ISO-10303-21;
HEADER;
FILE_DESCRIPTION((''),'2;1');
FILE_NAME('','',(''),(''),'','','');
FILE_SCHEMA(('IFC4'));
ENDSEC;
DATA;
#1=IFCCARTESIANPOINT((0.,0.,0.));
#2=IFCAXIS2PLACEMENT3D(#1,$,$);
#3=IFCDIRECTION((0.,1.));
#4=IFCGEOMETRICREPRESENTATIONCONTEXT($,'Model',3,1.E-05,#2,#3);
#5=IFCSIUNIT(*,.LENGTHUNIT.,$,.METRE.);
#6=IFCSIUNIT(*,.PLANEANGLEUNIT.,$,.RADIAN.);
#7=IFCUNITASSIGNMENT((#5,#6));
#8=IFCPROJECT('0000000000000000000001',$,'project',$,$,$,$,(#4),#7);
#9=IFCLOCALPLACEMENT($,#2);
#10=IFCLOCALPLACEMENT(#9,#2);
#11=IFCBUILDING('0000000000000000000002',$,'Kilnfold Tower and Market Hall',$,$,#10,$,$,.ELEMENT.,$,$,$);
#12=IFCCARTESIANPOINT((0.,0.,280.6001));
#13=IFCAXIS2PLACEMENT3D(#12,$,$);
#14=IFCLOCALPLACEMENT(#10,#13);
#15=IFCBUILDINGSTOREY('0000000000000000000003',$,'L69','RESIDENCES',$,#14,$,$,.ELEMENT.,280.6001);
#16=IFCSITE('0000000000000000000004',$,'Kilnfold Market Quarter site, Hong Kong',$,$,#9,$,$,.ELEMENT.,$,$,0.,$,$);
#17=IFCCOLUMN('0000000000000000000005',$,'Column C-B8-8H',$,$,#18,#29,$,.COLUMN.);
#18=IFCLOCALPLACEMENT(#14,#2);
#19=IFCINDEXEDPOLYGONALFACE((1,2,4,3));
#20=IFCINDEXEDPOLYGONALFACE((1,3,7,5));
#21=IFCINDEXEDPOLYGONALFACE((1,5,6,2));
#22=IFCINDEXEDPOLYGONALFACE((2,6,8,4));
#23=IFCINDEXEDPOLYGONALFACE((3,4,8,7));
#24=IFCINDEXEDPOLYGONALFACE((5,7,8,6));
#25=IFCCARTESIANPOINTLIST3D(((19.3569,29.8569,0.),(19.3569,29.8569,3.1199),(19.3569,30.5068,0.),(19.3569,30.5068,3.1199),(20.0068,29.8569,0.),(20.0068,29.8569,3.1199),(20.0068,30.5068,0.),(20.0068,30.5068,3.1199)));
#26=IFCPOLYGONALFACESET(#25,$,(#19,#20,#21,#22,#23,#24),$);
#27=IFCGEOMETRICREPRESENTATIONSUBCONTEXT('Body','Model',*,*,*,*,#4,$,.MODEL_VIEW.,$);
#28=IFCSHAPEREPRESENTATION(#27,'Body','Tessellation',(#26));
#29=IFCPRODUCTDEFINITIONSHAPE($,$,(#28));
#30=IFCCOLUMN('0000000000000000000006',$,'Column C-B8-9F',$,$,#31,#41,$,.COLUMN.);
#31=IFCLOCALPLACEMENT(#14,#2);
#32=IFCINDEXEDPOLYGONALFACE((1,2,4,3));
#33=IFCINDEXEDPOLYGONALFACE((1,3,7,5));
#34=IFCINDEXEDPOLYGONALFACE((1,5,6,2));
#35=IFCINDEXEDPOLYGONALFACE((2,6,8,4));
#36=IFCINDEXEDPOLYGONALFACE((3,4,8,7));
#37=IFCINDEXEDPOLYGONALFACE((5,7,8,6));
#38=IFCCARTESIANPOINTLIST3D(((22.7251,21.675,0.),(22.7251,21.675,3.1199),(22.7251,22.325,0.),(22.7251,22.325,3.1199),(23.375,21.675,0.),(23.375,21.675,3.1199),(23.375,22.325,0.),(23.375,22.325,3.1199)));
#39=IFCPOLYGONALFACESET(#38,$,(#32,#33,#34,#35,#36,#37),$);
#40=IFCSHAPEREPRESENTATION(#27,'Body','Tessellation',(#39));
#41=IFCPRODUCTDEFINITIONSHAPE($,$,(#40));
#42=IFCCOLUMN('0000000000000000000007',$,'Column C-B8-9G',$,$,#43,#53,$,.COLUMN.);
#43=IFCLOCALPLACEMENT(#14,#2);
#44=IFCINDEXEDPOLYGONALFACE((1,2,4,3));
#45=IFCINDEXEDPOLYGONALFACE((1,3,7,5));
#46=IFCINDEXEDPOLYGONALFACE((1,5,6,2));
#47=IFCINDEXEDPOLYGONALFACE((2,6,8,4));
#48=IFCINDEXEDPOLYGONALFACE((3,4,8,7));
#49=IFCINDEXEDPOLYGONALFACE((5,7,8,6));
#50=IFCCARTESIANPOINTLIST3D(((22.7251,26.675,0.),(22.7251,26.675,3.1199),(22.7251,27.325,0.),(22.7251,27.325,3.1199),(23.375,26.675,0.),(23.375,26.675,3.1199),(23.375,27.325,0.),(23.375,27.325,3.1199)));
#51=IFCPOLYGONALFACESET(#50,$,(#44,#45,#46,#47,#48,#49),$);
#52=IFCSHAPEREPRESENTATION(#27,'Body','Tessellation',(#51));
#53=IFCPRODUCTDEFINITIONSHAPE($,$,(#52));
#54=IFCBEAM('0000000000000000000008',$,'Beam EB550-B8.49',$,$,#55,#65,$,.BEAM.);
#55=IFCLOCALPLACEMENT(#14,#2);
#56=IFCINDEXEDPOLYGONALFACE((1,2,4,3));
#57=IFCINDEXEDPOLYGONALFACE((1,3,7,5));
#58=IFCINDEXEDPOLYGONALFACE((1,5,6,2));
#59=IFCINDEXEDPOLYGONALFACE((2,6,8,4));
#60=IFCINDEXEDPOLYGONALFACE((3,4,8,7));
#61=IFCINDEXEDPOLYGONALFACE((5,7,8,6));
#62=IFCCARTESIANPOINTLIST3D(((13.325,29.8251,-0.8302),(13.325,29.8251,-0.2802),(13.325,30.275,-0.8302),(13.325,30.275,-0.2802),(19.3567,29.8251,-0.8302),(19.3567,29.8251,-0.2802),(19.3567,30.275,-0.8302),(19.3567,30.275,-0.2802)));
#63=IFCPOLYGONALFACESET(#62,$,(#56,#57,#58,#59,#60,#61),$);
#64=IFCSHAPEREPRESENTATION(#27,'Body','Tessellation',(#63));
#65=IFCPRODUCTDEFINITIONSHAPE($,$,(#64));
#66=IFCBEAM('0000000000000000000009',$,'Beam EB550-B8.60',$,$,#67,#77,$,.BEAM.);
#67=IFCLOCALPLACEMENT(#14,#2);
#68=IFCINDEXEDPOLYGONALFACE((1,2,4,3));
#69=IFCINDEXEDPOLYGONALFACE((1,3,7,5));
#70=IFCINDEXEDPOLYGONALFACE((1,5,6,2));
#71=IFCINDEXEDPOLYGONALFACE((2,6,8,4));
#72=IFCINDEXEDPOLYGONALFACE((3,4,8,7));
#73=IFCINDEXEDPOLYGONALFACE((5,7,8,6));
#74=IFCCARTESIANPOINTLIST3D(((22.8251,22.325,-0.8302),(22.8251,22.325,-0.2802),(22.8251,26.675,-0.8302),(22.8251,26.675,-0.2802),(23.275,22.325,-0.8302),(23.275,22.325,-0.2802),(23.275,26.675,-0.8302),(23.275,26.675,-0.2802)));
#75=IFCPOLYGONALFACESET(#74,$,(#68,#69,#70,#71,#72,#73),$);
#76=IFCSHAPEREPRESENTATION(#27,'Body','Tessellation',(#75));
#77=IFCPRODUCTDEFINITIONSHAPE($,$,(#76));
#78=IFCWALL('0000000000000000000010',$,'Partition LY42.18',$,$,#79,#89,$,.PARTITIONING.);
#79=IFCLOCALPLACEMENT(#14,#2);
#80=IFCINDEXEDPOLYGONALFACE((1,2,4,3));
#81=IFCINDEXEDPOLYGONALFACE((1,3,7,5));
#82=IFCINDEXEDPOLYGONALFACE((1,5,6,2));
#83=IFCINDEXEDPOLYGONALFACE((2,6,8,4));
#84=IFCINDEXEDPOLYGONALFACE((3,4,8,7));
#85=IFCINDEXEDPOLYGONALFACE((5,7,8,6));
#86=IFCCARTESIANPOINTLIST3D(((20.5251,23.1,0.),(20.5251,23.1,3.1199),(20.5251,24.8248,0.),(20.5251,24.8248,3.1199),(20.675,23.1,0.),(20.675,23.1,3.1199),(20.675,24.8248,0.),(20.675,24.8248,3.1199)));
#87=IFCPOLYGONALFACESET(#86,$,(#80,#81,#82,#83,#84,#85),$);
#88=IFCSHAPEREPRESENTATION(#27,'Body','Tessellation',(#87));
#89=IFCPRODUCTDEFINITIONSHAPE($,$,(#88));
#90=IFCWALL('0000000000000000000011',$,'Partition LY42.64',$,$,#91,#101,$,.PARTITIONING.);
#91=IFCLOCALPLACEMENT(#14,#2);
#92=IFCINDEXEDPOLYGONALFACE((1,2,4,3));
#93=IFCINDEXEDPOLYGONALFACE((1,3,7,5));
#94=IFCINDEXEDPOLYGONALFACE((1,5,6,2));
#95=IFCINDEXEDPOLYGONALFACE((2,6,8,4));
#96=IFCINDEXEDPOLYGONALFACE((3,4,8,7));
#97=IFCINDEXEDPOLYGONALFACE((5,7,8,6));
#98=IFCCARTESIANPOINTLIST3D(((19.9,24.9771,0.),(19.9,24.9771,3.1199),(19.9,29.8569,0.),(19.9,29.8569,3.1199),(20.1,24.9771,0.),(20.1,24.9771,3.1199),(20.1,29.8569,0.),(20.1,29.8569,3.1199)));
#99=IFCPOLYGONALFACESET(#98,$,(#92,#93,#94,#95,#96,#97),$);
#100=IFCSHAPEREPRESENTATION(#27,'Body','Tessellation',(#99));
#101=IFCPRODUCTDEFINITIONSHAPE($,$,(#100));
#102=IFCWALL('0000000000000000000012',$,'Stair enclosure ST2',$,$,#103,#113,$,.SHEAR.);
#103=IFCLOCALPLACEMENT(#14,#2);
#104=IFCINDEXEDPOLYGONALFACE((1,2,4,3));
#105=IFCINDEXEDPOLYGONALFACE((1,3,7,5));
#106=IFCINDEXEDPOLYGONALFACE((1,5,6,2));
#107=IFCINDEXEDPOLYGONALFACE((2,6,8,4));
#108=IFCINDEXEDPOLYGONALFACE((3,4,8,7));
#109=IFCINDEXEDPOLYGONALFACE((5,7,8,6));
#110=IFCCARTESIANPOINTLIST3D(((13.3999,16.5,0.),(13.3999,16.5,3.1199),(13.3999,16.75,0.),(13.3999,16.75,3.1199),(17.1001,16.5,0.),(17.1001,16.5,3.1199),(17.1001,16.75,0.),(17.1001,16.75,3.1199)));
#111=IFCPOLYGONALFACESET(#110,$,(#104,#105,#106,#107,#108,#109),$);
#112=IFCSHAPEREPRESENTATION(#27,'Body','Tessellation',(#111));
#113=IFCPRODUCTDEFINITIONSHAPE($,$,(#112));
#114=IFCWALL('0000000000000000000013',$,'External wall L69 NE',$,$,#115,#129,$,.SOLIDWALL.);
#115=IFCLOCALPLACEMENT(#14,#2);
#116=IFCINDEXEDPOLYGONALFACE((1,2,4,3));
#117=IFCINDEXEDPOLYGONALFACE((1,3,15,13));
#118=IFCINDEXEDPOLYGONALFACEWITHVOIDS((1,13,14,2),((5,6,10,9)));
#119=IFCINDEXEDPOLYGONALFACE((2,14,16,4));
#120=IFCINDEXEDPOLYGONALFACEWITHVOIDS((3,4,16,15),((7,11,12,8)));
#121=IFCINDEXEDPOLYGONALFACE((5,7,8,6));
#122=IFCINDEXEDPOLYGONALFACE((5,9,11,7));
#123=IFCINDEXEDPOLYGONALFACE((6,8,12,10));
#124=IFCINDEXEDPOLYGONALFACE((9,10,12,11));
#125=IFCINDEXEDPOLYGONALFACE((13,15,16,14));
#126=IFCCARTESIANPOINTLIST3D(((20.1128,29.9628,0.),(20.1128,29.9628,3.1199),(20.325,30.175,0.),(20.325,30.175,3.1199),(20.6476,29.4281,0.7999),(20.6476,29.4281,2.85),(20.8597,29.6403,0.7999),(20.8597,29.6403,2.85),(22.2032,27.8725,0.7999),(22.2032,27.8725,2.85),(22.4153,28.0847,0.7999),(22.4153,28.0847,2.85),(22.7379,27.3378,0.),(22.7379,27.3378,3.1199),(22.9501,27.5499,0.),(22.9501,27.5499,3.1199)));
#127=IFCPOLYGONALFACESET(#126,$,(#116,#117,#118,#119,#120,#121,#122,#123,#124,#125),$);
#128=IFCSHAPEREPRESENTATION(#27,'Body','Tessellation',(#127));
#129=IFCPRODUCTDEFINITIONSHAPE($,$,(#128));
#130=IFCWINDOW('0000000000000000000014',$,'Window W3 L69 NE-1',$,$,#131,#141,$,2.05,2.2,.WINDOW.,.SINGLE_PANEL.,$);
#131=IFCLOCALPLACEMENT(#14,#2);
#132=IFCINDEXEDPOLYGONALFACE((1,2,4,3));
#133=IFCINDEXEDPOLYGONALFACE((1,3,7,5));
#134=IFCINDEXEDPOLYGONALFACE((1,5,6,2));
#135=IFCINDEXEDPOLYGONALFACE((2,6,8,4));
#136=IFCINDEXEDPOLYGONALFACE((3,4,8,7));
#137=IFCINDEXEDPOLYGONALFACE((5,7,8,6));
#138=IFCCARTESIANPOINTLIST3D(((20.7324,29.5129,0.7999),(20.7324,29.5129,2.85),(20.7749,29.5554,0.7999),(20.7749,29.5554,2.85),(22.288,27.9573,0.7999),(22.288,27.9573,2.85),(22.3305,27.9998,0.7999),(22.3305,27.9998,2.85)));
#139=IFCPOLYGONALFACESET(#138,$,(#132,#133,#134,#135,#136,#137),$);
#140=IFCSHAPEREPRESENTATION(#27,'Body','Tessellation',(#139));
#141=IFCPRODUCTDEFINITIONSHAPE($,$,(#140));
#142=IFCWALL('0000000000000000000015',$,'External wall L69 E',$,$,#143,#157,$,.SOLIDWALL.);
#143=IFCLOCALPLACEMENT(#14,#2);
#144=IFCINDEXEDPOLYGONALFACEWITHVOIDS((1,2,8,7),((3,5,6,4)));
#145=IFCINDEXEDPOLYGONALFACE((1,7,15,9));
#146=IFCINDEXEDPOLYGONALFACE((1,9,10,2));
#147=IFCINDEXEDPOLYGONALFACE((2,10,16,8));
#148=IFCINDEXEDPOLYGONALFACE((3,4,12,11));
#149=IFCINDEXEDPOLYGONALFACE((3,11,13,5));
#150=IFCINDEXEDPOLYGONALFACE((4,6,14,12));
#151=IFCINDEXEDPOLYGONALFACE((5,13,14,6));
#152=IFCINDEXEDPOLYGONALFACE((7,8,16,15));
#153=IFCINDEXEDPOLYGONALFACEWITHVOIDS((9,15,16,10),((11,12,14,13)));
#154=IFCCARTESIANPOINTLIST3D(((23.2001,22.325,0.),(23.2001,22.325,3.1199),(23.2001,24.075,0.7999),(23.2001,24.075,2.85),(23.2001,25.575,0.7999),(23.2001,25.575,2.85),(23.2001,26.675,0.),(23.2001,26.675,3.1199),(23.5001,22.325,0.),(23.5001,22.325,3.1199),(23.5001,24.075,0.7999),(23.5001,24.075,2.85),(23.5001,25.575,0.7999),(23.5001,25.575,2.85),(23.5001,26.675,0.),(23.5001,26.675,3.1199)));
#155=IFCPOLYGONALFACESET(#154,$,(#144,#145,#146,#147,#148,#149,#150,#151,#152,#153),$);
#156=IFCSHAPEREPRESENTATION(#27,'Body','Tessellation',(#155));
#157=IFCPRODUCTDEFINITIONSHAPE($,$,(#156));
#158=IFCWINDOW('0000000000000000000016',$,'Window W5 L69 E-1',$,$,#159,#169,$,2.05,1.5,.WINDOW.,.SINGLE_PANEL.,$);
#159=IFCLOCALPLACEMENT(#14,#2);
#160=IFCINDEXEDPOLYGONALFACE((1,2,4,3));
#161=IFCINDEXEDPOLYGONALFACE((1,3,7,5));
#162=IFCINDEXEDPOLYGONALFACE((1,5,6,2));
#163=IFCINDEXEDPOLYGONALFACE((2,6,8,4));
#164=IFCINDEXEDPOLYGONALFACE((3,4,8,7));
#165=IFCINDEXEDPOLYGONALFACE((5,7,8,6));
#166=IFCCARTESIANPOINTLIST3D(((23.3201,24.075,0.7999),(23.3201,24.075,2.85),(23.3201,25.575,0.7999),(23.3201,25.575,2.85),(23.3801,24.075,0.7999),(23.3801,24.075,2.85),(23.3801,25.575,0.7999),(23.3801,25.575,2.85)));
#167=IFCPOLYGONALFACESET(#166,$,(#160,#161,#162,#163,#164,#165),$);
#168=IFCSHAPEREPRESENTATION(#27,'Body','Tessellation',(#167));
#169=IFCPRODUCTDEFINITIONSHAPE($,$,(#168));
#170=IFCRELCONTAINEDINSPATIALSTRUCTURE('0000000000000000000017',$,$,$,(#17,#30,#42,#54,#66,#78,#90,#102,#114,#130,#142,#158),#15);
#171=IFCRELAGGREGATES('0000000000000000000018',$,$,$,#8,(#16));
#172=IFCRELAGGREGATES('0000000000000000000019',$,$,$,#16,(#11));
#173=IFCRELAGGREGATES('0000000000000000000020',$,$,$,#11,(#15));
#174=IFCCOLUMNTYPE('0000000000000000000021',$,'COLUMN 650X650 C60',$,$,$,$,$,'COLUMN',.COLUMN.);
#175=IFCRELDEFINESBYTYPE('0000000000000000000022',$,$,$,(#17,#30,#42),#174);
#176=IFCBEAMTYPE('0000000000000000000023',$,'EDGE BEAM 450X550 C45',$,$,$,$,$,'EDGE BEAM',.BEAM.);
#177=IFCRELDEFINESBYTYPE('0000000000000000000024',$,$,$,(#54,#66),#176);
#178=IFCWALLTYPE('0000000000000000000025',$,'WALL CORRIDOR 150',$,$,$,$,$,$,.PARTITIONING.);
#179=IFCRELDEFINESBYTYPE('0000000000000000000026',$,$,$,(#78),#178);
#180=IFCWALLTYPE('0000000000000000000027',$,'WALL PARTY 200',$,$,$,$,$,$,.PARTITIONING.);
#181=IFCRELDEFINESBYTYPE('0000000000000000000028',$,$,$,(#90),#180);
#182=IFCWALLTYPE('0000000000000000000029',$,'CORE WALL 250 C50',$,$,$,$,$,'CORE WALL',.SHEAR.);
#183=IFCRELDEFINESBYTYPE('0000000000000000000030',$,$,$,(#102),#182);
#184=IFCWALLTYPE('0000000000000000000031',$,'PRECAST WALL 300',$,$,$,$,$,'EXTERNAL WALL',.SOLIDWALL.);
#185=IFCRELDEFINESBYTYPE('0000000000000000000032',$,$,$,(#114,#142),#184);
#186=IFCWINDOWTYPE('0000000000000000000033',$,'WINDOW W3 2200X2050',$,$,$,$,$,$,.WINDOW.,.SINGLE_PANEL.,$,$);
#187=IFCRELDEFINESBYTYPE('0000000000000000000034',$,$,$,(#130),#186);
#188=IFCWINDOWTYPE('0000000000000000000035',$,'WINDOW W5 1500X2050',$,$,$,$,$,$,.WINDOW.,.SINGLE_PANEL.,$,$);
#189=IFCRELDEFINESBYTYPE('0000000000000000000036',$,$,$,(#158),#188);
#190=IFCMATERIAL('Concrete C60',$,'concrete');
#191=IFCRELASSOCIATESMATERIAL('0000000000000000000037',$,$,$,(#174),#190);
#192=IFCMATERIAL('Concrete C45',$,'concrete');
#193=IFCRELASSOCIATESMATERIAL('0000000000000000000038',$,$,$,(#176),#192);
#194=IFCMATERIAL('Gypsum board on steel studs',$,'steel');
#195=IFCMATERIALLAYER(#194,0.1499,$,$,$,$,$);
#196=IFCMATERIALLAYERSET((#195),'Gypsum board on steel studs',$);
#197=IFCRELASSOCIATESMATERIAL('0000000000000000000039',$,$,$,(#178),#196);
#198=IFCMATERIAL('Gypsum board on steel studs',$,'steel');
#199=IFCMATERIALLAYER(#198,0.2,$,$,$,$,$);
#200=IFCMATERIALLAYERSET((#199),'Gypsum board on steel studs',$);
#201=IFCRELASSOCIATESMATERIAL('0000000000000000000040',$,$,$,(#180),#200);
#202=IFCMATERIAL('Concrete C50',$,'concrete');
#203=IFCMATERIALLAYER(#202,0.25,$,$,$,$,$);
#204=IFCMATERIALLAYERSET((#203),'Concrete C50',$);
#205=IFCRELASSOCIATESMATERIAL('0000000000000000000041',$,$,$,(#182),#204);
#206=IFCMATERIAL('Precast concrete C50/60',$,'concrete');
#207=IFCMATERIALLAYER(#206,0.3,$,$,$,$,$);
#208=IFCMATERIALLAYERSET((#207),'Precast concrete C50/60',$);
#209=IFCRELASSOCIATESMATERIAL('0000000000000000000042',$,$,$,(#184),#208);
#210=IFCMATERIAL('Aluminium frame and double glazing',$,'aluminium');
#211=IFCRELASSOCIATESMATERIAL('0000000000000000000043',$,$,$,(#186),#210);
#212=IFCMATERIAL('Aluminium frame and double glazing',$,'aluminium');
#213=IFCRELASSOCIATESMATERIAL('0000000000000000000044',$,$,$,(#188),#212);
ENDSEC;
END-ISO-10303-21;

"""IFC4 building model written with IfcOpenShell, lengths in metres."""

from ifc_helpers import new_model, si_unit, direction, frame, frame_2d, origin, origin_2d, place, context, subcontext, project, spatial, rectangle, extrude, source, transform, mapped, material, layer, layer_set, material_profile, profile_set, type_object, element, fill, save


model = new_model("IFC4")

# Units and contexts
model_context = context("Model", 3, precision=1e-05, world=origin(), true_north=direction((0.0, 1.0)))
body_context = subcontext(model_context, "Body", "Model", "MODEL_VIEW")
ifc_project = project(units=[si_unit("LENGTHUNIT", "METRE"), si_unit("PLANEANGLEUNIT", "RADIAN")], contexts=[model_context])

# Site, building, storey
site_placement = place(None, origin())
site = spatial("IfcSite", under=ifc_project, at=site_placement, Name="Kilnfold Market Quarter site, Hong Kong", CompositionType="ELEMENT", RefElevation=0.0)
building_placement = place(site_placement, origin())
building = spatial("IfcBuilding", under=site, at=building_placement, Name="Kilnfold Tower and Market Hall", CompositionType="ELEMENT")
storey_placement = place(building_placement, frame((0.0, 0.0, 280.6001)))
storey = spatial("IfcBuildingStorey", under=building, at=storey_placement, Name="L69", Description="RESIDENCES", CompositionType="ELEMENT", Elevation=280.6001)

# Columns
ifc_material_1 = material(Name="Concrete C60", Category="concrete")
ifc_material_profile_1 = material_profile(ifc_material_1, rectangle(XDim=0.6499, YDim=0.6499, at=origin_2d()), Name="RC 650x650")
ifc_profile_set_1 = profile_set([ifc_material_profile_1], Name="Concrete C60")
column_type = type_object("IfcColumnType", Name="COLUMN 650X650 C60", ElementType="COLUMN", PredefinedType="COLUMN", material=ifc_profile_set_1)
shared_shape_1 = source(origin(), body_context, "Body", "SweptSolid", [
    extrude(rectangle(XDim=0.6499, YDim=0.6499, at=origin_2d()), origin(), (0.0, 0.0, 1.0), 3.1199),
])
for number, where, z_axis, x_axis, name in (
    (1, (19.6819, 30.1819, 0.0), (0.0, 0.0, 1.0), (1.0, 0.0, 0.0), "Column C-B8-8H"),
    (2, (23.05, 22.0, 0.0), (0.0, 0.0, 1.0), (1.0, 0.0, 0.0), "Column C-B8-9F"),
    (3, (23.05, 27.0, 0.0), (0.0, 0.0, 1.0), (1.0, 0.0, 0.0), "Column C-B8-9G"),
):
    element("IfcColumn", number, at=place(storey_placement, frame(where, z_axis=z_axis, x_axis=x_axis)), inside=storey, type_object=column_type, Name=name, PredefinedType="COLUMN", context=body_context, shape_type="MappedRepresentation", body=[
        mapped(shared_shape_1, transform((0.0, 0.0, 0.0))),
    ])

# Beams
ifc_material_2 = material(Name="Concrete C45", Category="concrete")
ifc_material_profile_2 = material_profile(ifc_material_2, rectangle(XDim=0.45, YDim=0.55, at=origin_2d()), Name="RC 450x550")
ifc_profile_set_2 = profile_set([ifc_material_profile_2], Name="Concrete C45")
beam_type = type_object("IfcBeamType", Name="EDGE BEAM 450X550 C45", ElementType="EDGE BEAM", PredefinedType="BEAM", material=ifc_profile_set_2)
shared_shape_2 = source(origin(), body_context, "Body", "SweptSolid", [
    extrude(rectangle(XDim=0.45, YDim=0.55, at=origin_2d()), origin(), (0.0, 0.0, 1.0), 6.0317),
])
beam_1_placement = place(storey_placement, frame((13.325, 30.05, -0.5552), z_axis=(1.0, 0.0, 0.0), x_axis=(0.0, 1.0, 0.0)))
element("IfcBeam", 4, at=beam_1_placement, inside=storey, type_object=beam_type, Name="Beam EB550-B8.49", PredefinedType="BEAM", context=body_context, shape_type="MappedRepresentation", body=[
    mapped(shared_shape_2, transform((0.0, 0.0, 0.0))),
])
shared_shape_3 = source(origin(), body_context, "Body", "SweptSolid", [
    extrude(rectangle(XDim=0.45, YDim=0.55, at=origin_2d()), origin(), (0.0, 0.0, 1.0), 4.3501),
])
beam_2_placement = place(storey_placement, frame((23.05, 22.325, -0.5552), z_axis=(0.0, 1.0, 0.0), x_axis=(-1.0, 0.0, 0.0)))
element("IfcBeam", 5, at=beam_2_placement, inside=storey, type_object=beam_type, Name="Beam EB550-B8.60", PredefinedType="BEAM", context=body_context, shape_type="MappedRepresentation", body=[
    mapped(shared_shape_3, transform((0.0, 0.0, 0.0))),
])

# Walls
ifc_material_3 = material(Name="Gypsum board on steel studs", Category="steel")
ifc_layer_1 = layer(ifc_material_3, 0.1499)
ifc_layer_set_1 = layer_set([ifc_layer_1], Name="Gypsum board on steel studs")
wall_type_1 = type_object("IfcWallType", Name="WALL CORRIDOR 150", PredefinedType="PARTITIONING", material=ifc_layer_set_1)
wall_1_placement = place(storey_placement, frame((20.6001, 23.1001, 0.0), z_axis=(0.0, 0.0, 1.0), x_axis=(0.0, 1.0, 0.0)))
element("IfcWall", 6, at=wall_1_placement, inside=storey, type_object=wall_type_1, Name="Partition LY42.18", PredefinedType="PARTITIONING", context=body_context, shape_type="SweptSolid", body=[
    extrude(rectangle(XDim=1.7249, YDim=0.1499, at=frame_2d((0.8623, 0.0))), origin(), (0.0, 0.0, 1.0), 3.1199),
])
ifc_material_4 = material(Name="Gypsum board on steel studs", Category="steel")
ifc_layer_2 = layer(ifc_material_4, 0.2)
ifc_layer_set_2 = layer_set([ifc_layer_2], Name="Gypsum board on steel studs")
wall_type_2 = type_object("IfcWallType", Name="WALL PARTY 200", PredefinedType="PARTITIONING", material=ifc_layer_set_2)
wall_2_placement = place(storey_placement, frame((20.0, 29.8569, 0.0), z_axis=(0.0, 0.0, 1.0), x_axis=(0.0, -1.0, 0.0)))
element("IfcWall", 7, at=wall_2_placement, inside=storey, type_object=wall_type_2, Name="Partition LY42.64", PredefinedType="PARTITIONING", context=body_context, shape_type="SweptSolid", body=[
    extrude(rectangle(XDim=4.8799, YDim=0.2, at=frame_2d((2.4399, 0.0))), origin(), (0.0, 0.0, 1.0), 3.1199),
])
ifc_material_5 = material(Name="Concrete C50", Category="concrete")
ifc_layer_3 = layer(ifc_material_5, 0.25)
ifc_layer_set_3 = layer_set([ifc_layer_3], Name="Concrete C50")
wall_type_3 = type_object("IfcWallType", Name="CORE WALL 250 C50", ElementType="CORE WALL", PredefinedType="SHEAR", material=ifc_layer_set_3)
shared_shape_4 = source(origin(), body_context, "Body", "SweptSolid", [
    extrude(rectangle(XDim=3.7002, YDim=0.25, at=frame_2d((1.8501, 0.0))), origin(), (0.0, 0.0, 1.0), 3.1199),
])
wall_3_placement = place(storey_placement, frame((13.3999, 16.625, 0.0), z_axis=(0.0, 0.0, 1.0), x_axis=(1.0, 0.0, 0.0)))
element("IfcWall", 8, at=wall_3_placement, inside=storey, type_object=wall_type_3, Name="Stair enclosure ST2", PredefinedType="SHEAR", context=body_context, shape_type="MappedRepresentation", body=[
    mapped(shared_shape_4, transform((0.0, 0.0, 0.0))),
])

# Walls, openings, windows
ifc_material_6 = material(Name="Precast concrete C50/60", Category="concrete")
ifc_layer_4 = layer(ifc_material_6, 0.3)
ifc_layer_set_4 = layer_set([ifc_layer_4], Name="Precast concrete C50/60")
wall_type_4 = type_object("IfcWallType", Name="PRECAST WALL 300", ElementType="EXTERNAL WALL", PredefinedType="SOLIDWALL", material=ifc_layer_set_4)
shared_shape_5 = source(origin(), body_context, "Body", "SweptSolid", [
    extrude(rectangle(XDim=3.7124, YDim=0.3, at=frame_2d((1.8562, 0.0))), origin(), (0.0, 0.0, 1.0), 3.1199),
])
wall_4_placement = place(storey_placement, frame((22.844, 27.4438, 0.0), z_axis=(0.0, 0.0, 1.0), x_axis=(-0.707107, 0.707107, 0.0)))
wall_4 = element("IfcWall", 9, at=wall_4_placement, inside=storey, type_object=wall_type_4, Name="External wall L69 NE", PredefinedType="SOLIDWALL", context=body_context, shape_type="MappedRepresentation", body=[
    mapped(shared_shape_5, transform((0.0, 0.0, 0.0))),
])
opening_1_placement = place(wall_4_placement, frame((0.7561, 0.0, 0.8)))
opening_1 = element("IfcOpeningElement", 10, at=opening_1_placement, cuts=wall_4, PredefinedType="OPENING", context=body_context, shape_type="SweptSolid", body=[
    extrude(rectangle(XDim=2.2, YDim=2.05, at=frame_2d((1.1001, 1.0249))), frame((0.0, 0.1602, 0.0), z_axis=(0.0, -1.0, 0.0), x_axis=(1.0, 0.0, 0.0)), (0.0, 0.0, 1.0), 0.3201),
])
ifc_material_7 = material(Name="Aluminium frame and double glazing", Category="aluminium")
window_type_1 = type_object("IfcWindowType", Name="WINDOW W3 2200X2050", PartitioningType="SINGLE_PANEL", PredefinedType="WINDOW", material=ifc_material_7)
window_1_placement = place(opening_1_placement, origin())
window_1 = element("IfcWindow", 11, at=window_1_placement, inside=storey, type_object=window_type_1, Name="Window W3 L69 NE-1", OverallHeight=2.05, OverallWidth=2.2, PartitioningType="SINGLE_PANEL", PredefinedType="WINDOW", context=body_context, shape_type="SweptSolid", body=[
    extrude(rectangle(XDim=2.2, YDim=2.05, at=frame_2d((1.1001, 1.0249))), frame((0.0, 0.03, 0.0), z_axis=(0.0, -1.0, 0.0), x_axis=(1.0, 0.0, 0.0)), (0.0, 0.0, 1.0), 0.0601),
])
fill(opening_1, window_1)
shared_shape_6 = source(origin(), body_context, "Body", "SweptSolid", [
    extrude(rectangle(XDim=4.3501, YDim=0.3, at=frame_2d((2.175, 0.0))), origin(), (0.0, 0.0, 1.0), 3.1199),
])
wall_5_placement = place(storey_placement, frame((23.3501, 22.325, 0.0), z_axis=(0.0, 0.0, 1.0), x_axis=(0.0, 1.0, 0.0)))
wall_5 = element("IfcWall", 12, at=wall_5_placement, inside=storey, type_object=wall_type_4, Name="External wall L69 E", PredefinedType="SOLIDWALL", context=body_context, shape_type="MappedRepresentation", body=[
    mapped(shared_shape_6, transform((0.0, 0.0, 0.0))),
])
opening_2_placement = place(wall_5_placement, frame((1.75, 0.0, 0.8)))
opening_2 = element("IfcOpeningElement", 13, at=opening_2_placement, cuts=wall_5, PredefinedType="OPENING", context=body_context, shape_type="SweptSolid", body=[
    extrude(rectangle(XDim=1.5, YDim=2.05, at=frame_2d((0.75, 1.0249))), frame((0.0, 0.1602, 0.0), z_axis=(0.0, -1.0, 0.0), x_axis=(1.0, 0.0, 0.0)), (0.0, 0.0, 1.0), 0.3201),
])
ifc_material_8 = material(Name="Aluminium frame and double glazing", Category="aluminium")
window_type_2 = type_object("IfcWindowType", Name="WINDOW W5 1500X2050", PartitioningType="SINGLE_PANEL", PredefinedType="WINDOW", material=ifc_material_8)
window_2_placement = place(opening_2_placement, origin())
window_2 = element("IfcWindow", 14, at=window_2_placement, inside=storey, type_object=window_type_2, Name="Window W5 L69 E-1", OverallHeight=2.05, OverallWidth=1.5, PartitioningType="SINGLE_PANEL", PredefinedType="WINDOW", context=body_context, shape_type="SweptSolid", body=[
    extrude(rectangle(XDim=1.5, YDim=2.05, at=frame_2d((0.75, 1.0249))), frame((0.0, 0.03, 0.0), z_axis=(0.0, -1.0, 0.0), x_axis=(1.0, 0.0, 0.0)), (0.0, 0.0, 1.0), 0.0601),
])
fill(opening_2, window_2)

save(model, "model.ifc")
